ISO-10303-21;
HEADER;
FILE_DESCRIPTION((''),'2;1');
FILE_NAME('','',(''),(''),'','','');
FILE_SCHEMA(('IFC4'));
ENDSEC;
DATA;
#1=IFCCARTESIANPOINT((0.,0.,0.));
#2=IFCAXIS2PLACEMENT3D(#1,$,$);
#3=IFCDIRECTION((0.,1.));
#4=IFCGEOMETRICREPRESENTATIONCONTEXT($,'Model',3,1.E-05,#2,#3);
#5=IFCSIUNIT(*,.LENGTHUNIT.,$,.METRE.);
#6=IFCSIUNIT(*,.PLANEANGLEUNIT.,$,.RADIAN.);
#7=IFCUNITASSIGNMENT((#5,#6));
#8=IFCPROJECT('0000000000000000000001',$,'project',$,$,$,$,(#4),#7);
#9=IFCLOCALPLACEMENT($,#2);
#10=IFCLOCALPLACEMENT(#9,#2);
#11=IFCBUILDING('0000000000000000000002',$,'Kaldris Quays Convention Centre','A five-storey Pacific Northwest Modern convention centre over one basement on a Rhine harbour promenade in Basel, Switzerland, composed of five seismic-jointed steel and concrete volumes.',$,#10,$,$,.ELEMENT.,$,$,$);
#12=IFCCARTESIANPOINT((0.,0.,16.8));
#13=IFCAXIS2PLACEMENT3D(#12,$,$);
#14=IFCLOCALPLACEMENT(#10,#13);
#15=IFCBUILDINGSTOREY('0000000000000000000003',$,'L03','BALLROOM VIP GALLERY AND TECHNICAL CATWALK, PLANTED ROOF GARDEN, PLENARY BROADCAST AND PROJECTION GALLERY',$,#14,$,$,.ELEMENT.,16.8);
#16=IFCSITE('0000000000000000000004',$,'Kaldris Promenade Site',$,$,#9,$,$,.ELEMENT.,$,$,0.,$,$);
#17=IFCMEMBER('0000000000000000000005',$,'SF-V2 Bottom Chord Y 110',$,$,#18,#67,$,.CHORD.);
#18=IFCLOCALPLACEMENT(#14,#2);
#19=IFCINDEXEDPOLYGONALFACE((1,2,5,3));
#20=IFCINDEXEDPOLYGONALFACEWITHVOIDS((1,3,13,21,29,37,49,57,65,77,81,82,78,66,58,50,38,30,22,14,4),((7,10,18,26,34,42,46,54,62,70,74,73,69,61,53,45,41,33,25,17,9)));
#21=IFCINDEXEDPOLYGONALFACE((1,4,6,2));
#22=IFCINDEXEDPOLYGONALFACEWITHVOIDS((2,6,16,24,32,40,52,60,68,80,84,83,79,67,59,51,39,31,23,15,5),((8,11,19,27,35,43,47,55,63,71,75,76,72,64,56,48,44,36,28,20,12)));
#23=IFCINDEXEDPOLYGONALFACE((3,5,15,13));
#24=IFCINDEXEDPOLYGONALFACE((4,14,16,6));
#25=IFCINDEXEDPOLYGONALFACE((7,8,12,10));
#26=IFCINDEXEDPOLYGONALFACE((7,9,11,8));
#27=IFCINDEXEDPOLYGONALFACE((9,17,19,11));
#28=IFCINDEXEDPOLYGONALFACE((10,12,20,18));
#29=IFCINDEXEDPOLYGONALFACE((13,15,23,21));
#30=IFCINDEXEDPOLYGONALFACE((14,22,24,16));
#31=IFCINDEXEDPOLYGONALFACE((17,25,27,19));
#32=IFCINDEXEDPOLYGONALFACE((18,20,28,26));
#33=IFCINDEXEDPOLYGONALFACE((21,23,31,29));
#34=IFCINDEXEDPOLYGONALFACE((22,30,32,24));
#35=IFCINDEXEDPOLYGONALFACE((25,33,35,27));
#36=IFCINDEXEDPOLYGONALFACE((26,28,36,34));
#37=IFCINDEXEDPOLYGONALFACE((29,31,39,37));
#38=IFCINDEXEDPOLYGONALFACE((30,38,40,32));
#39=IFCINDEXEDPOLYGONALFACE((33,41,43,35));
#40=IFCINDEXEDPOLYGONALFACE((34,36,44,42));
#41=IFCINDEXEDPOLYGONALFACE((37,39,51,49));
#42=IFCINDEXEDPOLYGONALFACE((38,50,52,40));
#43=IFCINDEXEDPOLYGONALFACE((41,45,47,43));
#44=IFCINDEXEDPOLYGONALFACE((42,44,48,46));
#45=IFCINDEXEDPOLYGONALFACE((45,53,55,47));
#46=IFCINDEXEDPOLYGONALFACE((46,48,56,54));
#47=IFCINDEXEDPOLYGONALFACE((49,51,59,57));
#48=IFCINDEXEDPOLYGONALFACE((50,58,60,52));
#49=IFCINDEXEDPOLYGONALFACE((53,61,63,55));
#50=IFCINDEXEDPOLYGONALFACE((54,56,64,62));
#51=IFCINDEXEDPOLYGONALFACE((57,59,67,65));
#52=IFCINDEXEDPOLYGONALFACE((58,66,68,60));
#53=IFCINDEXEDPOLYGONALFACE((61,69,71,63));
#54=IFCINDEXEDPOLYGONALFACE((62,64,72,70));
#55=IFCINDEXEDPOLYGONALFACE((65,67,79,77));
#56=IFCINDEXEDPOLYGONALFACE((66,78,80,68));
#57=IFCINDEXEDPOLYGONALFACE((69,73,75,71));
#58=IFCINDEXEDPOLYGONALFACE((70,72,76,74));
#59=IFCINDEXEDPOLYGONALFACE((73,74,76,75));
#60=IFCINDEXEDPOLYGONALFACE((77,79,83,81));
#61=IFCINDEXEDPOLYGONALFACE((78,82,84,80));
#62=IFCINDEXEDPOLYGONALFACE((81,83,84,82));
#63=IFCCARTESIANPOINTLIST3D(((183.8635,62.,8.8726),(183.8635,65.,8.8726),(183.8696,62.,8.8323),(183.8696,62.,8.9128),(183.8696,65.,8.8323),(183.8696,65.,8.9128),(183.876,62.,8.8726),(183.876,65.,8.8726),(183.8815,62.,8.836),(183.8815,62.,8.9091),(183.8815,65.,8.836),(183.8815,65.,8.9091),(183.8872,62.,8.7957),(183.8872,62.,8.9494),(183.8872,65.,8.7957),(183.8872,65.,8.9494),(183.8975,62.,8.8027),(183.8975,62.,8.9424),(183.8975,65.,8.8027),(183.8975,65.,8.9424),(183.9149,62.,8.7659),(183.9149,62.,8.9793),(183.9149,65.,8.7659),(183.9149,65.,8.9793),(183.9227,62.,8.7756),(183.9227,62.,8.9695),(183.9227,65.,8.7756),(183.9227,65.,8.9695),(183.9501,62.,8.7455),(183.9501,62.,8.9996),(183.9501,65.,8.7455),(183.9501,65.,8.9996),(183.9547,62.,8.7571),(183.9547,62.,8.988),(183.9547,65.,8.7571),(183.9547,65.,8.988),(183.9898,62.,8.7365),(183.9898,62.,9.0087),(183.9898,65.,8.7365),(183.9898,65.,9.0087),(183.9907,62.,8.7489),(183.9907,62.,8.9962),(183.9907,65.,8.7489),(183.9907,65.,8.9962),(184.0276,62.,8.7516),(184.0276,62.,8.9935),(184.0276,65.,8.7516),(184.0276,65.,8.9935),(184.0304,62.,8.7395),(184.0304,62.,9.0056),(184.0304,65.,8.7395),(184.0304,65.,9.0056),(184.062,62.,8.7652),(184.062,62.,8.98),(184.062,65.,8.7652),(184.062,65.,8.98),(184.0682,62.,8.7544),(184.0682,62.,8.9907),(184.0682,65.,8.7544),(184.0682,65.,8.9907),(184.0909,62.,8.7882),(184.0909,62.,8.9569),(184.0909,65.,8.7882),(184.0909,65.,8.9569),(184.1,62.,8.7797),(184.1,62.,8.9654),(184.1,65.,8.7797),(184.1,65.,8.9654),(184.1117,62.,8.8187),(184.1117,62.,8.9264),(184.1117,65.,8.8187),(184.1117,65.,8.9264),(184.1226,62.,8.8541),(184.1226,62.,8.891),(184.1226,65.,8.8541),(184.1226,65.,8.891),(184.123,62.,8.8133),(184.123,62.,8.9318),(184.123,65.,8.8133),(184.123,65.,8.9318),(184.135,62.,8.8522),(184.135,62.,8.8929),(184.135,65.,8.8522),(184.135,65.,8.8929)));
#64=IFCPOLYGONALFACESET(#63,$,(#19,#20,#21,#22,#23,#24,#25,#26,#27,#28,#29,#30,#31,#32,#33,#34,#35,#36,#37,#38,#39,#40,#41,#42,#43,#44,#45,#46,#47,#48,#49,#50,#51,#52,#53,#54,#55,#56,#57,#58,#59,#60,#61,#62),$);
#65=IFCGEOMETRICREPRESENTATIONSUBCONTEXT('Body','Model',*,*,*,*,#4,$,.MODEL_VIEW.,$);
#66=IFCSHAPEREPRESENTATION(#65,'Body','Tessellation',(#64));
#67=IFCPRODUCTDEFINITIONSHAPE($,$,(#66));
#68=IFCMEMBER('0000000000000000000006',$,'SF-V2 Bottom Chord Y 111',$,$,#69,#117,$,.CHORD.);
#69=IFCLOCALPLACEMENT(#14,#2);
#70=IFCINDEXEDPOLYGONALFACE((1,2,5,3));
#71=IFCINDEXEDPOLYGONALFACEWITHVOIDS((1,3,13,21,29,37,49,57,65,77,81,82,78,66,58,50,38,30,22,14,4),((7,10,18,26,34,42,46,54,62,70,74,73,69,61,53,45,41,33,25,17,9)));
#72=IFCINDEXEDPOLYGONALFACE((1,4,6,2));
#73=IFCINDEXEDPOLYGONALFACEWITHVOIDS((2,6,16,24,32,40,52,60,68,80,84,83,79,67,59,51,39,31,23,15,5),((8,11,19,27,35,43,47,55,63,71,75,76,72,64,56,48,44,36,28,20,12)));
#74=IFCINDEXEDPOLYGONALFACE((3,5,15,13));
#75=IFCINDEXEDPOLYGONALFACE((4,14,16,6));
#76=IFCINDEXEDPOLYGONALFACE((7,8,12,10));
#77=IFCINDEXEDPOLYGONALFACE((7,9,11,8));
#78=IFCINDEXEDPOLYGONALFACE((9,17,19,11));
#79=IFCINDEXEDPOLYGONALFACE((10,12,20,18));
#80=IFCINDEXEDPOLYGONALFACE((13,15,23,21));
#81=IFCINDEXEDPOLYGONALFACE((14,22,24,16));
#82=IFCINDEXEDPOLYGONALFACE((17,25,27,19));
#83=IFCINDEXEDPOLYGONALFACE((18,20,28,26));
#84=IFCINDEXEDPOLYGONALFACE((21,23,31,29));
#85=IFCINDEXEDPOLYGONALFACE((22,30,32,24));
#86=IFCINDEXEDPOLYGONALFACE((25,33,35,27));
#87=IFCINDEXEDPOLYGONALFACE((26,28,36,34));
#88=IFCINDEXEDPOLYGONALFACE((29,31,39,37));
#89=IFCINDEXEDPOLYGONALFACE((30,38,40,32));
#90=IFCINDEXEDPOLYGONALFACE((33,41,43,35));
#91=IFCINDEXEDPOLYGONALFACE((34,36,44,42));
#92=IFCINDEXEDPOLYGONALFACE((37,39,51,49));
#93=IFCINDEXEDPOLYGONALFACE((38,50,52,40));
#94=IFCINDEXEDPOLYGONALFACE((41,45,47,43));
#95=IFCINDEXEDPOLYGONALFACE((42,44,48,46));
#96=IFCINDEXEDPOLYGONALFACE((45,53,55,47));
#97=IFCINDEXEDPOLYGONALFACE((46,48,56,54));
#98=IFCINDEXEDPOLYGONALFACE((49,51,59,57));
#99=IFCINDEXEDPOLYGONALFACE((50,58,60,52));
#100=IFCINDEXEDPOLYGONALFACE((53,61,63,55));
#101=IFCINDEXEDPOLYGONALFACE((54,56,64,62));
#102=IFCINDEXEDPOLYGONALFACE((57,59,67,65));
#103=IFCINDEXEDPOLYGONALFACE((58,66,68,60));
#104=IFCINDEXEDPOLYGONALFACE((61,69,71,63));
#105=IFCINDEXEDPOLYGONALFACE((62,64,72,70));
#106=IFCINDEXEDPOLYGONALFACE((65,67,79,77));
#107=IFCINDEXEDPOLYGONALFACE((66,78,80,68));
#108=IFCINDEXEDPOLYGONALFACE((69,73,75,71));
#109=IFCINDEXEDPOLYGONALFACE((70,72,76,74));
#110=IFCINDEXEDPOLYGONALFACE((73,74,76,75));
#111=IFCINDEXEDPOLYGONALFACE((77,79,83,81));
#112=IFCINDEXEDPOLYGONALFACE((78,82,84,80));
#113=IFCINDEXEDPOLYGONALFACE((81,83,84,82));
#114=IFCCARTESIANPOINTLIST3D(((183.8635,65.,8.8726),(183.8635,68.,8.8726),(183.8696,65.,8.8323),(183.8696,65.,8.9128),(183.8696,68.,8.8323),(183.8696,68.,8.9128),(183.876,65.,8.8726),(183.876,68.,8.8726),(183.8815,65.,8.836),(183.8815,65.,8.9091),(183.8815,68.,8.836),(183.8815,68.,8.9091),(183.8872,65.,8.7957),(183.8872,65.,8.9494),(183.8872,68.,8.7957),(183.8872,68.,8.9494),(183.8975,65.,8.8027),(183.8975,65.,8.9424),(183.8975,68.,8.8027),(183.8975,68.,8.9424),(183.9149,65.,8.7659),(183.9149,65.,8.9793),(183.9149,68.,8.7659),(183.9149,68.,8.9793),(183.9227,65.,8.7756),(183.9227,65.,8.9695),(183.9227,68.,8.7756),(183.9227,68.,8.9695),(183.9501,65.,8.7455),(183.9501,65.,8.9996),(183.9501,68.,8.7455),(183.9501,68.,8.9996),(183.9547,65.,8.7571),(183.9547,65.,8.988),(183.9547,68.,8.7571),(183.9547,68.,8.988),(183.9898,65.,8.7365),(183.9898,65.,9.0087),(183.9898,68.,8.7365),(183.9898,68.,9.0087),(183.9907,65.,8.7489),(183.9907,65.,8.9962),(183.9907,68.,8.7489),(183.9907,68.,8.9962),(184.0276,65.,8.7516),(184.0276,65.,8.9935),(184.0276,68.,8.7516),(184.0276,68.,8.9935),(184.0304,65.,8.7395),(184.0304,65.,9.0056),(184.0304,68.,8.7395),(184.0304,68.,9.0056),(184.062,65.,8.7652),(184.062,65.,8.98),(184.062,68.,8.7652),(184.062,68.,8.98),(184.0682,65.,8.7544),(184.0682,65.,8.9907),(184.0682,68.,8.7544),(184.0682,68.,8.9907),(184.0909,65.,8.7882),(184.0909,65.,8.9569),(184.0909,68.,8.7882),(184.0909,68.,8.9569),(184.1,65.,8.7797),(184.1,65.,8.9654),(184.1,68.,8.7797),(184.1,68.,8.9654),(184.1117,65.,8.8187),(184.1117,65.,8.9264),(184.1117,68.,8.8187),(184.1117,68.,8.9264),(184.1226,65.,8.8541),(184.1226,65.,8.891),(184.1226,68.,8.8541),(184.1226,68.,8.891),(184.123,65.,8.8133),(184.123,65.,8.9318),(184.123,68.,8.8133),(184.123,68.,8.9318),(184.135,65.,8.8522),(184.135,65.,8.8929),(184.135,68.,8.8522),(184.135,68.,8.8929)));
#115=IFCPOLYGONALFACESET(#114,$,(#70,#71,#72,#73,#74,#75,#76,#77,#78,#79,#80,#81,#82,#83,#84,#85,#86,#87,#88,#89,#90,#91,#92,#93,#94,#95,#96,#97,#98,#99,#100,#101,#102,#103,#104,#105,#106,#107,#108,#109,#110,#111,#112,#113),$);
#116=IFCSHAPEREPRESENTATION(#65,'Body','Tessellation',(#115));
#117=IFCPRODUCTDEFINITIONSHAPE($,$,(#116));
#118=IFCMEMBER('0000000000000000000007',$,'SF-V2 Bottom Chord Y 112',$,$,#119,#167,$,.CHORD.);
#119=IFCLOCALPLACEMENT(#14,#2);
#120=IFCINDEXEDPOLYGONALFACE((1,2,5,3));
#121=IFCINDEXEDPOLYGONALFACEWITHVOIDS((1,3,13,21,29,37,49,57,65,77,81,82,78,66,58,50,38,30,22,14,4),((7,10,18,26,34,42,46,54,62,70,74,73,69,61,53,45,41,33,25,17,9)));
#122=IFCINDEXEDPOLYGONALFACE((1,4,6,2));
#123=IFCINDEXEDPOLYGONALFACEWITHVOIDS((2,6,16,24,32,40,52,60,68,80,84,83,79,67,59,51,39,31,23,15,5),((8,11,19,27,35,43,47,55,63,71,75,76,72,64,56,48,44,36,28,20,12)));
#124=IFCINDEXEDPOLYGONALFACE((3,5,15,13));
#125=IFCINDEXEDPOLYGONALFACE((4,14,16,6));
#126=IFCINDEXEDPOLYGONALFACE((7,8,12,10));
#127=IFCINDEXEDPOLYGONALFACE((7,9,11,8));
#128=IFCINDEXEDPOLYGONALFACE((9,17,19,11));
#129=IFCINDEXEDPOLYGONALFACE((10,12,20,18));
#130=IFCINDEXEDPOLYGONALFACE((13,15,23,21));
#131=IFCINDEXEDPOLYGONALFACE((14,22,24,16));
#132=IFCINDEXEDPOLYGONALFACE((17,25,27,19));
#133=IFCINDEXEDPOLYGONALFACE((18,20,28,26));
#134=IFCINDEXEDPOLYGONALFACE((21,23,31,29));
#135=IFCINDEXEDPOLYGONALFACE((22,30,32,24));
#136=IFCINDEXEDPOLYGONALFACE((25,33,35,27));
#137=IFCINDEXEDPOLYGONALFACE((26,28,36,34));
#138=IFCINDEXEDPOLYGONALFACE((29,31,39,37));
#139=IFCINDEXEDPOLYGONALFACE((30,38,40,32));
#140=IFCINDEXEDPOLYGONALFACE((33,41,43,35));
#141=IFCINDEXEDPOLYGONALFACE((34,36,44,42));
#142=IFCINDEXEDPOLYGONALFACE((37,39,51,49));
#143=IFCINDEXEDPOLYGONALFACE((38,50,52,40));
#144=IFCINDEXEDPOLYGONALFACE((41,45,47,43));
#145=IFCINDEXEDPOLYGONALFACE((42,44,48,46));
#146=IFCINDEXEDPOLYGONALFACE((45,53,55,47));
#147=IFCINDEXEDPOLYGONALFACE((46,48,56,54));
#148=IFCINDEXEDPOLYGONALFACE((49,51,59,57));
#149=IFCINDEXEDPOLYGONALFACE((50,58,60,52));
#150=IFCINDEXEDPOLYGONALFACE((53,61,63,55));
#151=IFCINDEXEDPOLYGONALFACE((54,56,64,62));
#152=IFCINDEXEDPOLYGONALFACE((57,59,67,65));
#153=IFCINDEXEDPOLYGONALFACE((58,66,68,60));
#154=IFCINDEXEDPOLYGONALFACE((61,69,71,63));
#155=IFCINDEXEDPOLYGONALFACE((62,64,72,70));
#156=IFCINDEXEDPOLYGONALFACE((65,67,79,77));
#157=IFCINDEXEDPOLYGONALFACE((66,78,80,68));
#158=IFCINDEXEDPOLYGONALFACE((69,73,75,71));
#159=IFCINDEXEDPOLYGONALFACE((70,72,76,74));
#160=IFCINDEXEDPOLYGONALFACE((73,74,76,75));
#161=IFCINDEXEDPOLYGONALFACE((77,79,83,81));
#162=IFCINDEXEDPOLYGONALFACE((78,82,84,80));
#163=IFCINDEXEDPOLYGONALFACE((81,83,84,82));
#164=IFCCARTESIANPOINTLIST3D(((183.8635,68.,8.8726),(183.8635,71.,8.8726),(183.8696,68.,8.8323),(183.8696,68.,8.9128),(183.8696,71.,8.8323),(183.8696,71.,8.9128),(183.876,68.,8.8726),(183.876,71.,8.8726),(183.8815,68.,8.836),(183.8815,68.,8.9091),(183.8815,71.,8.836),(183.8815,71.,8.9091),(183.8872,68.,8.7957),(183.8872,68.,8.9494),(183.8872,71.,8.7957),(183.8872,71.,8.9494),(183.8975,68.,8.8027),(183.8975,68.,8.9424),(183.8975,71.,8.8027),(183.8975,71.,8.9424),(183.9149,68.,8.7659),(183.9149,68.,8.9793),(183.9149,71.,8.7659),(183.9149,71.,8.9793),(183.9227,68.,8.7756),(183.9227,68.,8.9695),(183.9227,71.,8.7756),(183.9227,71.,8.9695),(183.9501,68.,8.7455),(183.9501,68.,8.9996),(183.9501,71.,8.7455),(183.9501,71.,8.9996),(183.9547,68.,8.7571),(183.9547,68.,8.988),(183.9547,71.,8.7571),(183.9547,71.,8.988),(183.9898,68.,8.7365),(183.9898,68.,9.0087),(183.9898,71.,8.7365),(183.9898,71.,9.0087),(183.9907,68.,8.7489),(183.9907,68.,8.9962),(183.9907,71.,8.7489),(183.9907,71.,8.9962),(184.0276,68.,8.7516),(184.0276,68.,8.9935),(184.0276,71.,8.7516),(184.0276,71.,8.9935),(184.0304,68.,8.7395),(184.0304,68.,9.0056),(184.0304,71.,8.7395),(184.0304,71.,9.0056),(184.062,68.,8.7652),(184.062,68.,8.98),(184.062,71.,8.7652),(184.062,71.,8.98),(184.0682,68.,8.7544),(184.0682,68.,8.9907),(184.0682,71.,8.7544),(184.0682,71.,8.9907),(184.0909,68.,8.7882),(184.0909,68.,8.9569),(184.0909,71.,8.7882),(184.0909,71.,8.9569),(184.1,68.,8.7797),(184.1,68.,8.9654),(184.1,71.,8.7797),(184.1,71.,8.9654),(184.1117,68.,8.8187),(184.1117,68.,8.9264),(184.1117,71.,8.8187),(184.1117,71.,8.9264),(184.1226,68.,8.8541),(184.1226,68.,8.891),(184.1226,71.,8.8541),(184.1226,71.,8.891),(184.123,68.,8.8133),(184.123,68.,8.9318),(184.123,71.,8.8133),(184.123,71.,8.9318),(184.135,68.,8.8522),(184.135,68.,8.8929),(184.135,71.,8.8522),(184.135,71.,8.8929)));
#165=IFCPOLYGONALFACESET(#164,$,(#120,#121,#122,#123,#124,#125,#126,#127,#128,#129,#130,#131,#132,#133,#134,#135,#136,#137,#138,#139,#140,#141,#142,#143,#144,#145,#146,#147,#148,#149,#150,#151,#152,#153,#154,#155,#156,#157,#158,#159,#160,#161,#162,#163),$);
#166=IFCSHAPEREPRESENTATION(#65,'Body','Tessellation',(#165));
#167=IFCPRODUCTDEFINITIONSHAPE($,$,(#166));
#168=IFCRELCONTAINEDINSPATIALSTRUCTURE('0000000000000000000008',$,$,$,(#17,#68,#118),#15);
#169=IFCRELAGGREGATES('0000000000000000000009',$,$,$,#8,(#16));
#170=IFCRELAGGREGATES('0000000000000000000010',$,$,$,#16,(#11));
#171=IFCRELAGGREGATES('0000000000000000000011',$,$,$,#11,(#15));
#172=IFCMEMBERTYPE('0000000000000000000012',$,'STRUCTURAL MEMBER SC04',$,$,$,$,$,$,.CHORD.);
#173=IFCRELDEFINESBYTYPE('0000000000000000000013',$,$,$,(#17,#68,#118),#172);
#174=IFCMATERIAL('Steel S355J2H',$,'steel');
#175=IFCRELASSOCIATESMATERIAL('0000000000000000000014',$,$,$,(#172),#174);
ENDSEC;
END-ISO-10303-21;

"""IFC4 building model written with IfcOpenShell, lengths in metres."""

from ifc_helpers import new_model, si_unit, direction, frame, origin, origin_2d, place, context, subcontext, project, spatial, hollow_circle, extrude, material, material_profile, profile_set, type_object, element, save


model = new_model("IFC4")

# Units and contexts
model_context = context("Model", 3, precision=1e-05, world=origin(), true_north=direction((0.0, 1.0)))
body_context = subcontext(model_context, "Body", "Model", "MODEL_VIEW")
ifc_project = project(units=[si_unit("LENGTHUNIT", "METRE"), si_unit("PLANEANGLEUNIT", "RADIAN")], contexts=[model_context])

# Site, building, storey
site_placement = place(None, origin())
site = spatial("IfcSite", under=ifc_project, at=site_placement, Name="Kaldris Promenade Site", CompositionType="ELEMENT", RefElevation=0.0)
building_placement = place(site_placement, origin())
building = spatial("IfcBuilding", under=site, at=building_placement, Name="Kaldris Quays Convention Centre", Description="A five-storey Pacific Northwest Modern convention centre over one basement on a Rhine harbour promenade in Basel, Switzerland, composed of five seismic-jointed steel and concrete volumes.", CompositionType="ELEMENT")
storey_placement = place(building_placement, frame((0.0, 0.0, 16.8)))
storey = spatial("IfcBuildingStorey", under=building, at=storey_placement, Name="L03", Description="BALLROOM VIP GALLERY AND TECHNICAL CATWALK, PLANTED ROOF GARDEN, PLENARY BROADCAST AND PROJECTION GALLERY", CompositionType="ELEMENT", Elevation=16.8)

# Members
ifc_material_1 = material(Name="Steel S355J2H", Category="steel")
ifc_material_profile_1 = material_profile(ifc_material_1, hollow_circle(Radius=0.1365, WallThickness=0.0125, at=origin_2d()), Name="CHS 273x12.5")
ifc_profile_set_1 = profile_set([ifc_material_profile_1], Name="Steel S355J2H")
member_type_1 = type_object("IfcMemberType", Name="STRUCTURAL MEMBER SC04", PredefinedType="CHORD", material=ifc_profile_set_1)
for number, where, z_axis, x_axis, name in (
    (1, (184.0, 62.0, 8.8726), (0.0, 1.0, 0.0), (-1.0, 0.0, 0.0), "SF-V2 Bottom Chord Y 110"),
    (2, (184.0, 65.0, 8.8726), (0.0, 1.0, 0.0), (-1.0, 0.0, 0.0), "SF-V2 Bottom Chord Y 111"),
    (3, (184.0, 68.0, 8.8726), (0.0, 1.0, 0.0), (-1.0, 0.0, 0.0), "SF-V2 Bottom Chord Y 112"),
):
    element("IfcMember", number, at=place(storey_placement, frame(where, z_axis=z_axis, x_axis=x_axis)), inside=storey, type_object=member_type_1, Name=name, PredefinedType="CHORD", context=body_context, shape_type="SweptSolid", body=[
        extrude(hollow_circle(Radius=0.1365, WallThickness=0.0125, at=origin_2d()), origin(), (0.0, 0.0, 1.0), 3.0),
    ])

save(model, "model.ifc")
